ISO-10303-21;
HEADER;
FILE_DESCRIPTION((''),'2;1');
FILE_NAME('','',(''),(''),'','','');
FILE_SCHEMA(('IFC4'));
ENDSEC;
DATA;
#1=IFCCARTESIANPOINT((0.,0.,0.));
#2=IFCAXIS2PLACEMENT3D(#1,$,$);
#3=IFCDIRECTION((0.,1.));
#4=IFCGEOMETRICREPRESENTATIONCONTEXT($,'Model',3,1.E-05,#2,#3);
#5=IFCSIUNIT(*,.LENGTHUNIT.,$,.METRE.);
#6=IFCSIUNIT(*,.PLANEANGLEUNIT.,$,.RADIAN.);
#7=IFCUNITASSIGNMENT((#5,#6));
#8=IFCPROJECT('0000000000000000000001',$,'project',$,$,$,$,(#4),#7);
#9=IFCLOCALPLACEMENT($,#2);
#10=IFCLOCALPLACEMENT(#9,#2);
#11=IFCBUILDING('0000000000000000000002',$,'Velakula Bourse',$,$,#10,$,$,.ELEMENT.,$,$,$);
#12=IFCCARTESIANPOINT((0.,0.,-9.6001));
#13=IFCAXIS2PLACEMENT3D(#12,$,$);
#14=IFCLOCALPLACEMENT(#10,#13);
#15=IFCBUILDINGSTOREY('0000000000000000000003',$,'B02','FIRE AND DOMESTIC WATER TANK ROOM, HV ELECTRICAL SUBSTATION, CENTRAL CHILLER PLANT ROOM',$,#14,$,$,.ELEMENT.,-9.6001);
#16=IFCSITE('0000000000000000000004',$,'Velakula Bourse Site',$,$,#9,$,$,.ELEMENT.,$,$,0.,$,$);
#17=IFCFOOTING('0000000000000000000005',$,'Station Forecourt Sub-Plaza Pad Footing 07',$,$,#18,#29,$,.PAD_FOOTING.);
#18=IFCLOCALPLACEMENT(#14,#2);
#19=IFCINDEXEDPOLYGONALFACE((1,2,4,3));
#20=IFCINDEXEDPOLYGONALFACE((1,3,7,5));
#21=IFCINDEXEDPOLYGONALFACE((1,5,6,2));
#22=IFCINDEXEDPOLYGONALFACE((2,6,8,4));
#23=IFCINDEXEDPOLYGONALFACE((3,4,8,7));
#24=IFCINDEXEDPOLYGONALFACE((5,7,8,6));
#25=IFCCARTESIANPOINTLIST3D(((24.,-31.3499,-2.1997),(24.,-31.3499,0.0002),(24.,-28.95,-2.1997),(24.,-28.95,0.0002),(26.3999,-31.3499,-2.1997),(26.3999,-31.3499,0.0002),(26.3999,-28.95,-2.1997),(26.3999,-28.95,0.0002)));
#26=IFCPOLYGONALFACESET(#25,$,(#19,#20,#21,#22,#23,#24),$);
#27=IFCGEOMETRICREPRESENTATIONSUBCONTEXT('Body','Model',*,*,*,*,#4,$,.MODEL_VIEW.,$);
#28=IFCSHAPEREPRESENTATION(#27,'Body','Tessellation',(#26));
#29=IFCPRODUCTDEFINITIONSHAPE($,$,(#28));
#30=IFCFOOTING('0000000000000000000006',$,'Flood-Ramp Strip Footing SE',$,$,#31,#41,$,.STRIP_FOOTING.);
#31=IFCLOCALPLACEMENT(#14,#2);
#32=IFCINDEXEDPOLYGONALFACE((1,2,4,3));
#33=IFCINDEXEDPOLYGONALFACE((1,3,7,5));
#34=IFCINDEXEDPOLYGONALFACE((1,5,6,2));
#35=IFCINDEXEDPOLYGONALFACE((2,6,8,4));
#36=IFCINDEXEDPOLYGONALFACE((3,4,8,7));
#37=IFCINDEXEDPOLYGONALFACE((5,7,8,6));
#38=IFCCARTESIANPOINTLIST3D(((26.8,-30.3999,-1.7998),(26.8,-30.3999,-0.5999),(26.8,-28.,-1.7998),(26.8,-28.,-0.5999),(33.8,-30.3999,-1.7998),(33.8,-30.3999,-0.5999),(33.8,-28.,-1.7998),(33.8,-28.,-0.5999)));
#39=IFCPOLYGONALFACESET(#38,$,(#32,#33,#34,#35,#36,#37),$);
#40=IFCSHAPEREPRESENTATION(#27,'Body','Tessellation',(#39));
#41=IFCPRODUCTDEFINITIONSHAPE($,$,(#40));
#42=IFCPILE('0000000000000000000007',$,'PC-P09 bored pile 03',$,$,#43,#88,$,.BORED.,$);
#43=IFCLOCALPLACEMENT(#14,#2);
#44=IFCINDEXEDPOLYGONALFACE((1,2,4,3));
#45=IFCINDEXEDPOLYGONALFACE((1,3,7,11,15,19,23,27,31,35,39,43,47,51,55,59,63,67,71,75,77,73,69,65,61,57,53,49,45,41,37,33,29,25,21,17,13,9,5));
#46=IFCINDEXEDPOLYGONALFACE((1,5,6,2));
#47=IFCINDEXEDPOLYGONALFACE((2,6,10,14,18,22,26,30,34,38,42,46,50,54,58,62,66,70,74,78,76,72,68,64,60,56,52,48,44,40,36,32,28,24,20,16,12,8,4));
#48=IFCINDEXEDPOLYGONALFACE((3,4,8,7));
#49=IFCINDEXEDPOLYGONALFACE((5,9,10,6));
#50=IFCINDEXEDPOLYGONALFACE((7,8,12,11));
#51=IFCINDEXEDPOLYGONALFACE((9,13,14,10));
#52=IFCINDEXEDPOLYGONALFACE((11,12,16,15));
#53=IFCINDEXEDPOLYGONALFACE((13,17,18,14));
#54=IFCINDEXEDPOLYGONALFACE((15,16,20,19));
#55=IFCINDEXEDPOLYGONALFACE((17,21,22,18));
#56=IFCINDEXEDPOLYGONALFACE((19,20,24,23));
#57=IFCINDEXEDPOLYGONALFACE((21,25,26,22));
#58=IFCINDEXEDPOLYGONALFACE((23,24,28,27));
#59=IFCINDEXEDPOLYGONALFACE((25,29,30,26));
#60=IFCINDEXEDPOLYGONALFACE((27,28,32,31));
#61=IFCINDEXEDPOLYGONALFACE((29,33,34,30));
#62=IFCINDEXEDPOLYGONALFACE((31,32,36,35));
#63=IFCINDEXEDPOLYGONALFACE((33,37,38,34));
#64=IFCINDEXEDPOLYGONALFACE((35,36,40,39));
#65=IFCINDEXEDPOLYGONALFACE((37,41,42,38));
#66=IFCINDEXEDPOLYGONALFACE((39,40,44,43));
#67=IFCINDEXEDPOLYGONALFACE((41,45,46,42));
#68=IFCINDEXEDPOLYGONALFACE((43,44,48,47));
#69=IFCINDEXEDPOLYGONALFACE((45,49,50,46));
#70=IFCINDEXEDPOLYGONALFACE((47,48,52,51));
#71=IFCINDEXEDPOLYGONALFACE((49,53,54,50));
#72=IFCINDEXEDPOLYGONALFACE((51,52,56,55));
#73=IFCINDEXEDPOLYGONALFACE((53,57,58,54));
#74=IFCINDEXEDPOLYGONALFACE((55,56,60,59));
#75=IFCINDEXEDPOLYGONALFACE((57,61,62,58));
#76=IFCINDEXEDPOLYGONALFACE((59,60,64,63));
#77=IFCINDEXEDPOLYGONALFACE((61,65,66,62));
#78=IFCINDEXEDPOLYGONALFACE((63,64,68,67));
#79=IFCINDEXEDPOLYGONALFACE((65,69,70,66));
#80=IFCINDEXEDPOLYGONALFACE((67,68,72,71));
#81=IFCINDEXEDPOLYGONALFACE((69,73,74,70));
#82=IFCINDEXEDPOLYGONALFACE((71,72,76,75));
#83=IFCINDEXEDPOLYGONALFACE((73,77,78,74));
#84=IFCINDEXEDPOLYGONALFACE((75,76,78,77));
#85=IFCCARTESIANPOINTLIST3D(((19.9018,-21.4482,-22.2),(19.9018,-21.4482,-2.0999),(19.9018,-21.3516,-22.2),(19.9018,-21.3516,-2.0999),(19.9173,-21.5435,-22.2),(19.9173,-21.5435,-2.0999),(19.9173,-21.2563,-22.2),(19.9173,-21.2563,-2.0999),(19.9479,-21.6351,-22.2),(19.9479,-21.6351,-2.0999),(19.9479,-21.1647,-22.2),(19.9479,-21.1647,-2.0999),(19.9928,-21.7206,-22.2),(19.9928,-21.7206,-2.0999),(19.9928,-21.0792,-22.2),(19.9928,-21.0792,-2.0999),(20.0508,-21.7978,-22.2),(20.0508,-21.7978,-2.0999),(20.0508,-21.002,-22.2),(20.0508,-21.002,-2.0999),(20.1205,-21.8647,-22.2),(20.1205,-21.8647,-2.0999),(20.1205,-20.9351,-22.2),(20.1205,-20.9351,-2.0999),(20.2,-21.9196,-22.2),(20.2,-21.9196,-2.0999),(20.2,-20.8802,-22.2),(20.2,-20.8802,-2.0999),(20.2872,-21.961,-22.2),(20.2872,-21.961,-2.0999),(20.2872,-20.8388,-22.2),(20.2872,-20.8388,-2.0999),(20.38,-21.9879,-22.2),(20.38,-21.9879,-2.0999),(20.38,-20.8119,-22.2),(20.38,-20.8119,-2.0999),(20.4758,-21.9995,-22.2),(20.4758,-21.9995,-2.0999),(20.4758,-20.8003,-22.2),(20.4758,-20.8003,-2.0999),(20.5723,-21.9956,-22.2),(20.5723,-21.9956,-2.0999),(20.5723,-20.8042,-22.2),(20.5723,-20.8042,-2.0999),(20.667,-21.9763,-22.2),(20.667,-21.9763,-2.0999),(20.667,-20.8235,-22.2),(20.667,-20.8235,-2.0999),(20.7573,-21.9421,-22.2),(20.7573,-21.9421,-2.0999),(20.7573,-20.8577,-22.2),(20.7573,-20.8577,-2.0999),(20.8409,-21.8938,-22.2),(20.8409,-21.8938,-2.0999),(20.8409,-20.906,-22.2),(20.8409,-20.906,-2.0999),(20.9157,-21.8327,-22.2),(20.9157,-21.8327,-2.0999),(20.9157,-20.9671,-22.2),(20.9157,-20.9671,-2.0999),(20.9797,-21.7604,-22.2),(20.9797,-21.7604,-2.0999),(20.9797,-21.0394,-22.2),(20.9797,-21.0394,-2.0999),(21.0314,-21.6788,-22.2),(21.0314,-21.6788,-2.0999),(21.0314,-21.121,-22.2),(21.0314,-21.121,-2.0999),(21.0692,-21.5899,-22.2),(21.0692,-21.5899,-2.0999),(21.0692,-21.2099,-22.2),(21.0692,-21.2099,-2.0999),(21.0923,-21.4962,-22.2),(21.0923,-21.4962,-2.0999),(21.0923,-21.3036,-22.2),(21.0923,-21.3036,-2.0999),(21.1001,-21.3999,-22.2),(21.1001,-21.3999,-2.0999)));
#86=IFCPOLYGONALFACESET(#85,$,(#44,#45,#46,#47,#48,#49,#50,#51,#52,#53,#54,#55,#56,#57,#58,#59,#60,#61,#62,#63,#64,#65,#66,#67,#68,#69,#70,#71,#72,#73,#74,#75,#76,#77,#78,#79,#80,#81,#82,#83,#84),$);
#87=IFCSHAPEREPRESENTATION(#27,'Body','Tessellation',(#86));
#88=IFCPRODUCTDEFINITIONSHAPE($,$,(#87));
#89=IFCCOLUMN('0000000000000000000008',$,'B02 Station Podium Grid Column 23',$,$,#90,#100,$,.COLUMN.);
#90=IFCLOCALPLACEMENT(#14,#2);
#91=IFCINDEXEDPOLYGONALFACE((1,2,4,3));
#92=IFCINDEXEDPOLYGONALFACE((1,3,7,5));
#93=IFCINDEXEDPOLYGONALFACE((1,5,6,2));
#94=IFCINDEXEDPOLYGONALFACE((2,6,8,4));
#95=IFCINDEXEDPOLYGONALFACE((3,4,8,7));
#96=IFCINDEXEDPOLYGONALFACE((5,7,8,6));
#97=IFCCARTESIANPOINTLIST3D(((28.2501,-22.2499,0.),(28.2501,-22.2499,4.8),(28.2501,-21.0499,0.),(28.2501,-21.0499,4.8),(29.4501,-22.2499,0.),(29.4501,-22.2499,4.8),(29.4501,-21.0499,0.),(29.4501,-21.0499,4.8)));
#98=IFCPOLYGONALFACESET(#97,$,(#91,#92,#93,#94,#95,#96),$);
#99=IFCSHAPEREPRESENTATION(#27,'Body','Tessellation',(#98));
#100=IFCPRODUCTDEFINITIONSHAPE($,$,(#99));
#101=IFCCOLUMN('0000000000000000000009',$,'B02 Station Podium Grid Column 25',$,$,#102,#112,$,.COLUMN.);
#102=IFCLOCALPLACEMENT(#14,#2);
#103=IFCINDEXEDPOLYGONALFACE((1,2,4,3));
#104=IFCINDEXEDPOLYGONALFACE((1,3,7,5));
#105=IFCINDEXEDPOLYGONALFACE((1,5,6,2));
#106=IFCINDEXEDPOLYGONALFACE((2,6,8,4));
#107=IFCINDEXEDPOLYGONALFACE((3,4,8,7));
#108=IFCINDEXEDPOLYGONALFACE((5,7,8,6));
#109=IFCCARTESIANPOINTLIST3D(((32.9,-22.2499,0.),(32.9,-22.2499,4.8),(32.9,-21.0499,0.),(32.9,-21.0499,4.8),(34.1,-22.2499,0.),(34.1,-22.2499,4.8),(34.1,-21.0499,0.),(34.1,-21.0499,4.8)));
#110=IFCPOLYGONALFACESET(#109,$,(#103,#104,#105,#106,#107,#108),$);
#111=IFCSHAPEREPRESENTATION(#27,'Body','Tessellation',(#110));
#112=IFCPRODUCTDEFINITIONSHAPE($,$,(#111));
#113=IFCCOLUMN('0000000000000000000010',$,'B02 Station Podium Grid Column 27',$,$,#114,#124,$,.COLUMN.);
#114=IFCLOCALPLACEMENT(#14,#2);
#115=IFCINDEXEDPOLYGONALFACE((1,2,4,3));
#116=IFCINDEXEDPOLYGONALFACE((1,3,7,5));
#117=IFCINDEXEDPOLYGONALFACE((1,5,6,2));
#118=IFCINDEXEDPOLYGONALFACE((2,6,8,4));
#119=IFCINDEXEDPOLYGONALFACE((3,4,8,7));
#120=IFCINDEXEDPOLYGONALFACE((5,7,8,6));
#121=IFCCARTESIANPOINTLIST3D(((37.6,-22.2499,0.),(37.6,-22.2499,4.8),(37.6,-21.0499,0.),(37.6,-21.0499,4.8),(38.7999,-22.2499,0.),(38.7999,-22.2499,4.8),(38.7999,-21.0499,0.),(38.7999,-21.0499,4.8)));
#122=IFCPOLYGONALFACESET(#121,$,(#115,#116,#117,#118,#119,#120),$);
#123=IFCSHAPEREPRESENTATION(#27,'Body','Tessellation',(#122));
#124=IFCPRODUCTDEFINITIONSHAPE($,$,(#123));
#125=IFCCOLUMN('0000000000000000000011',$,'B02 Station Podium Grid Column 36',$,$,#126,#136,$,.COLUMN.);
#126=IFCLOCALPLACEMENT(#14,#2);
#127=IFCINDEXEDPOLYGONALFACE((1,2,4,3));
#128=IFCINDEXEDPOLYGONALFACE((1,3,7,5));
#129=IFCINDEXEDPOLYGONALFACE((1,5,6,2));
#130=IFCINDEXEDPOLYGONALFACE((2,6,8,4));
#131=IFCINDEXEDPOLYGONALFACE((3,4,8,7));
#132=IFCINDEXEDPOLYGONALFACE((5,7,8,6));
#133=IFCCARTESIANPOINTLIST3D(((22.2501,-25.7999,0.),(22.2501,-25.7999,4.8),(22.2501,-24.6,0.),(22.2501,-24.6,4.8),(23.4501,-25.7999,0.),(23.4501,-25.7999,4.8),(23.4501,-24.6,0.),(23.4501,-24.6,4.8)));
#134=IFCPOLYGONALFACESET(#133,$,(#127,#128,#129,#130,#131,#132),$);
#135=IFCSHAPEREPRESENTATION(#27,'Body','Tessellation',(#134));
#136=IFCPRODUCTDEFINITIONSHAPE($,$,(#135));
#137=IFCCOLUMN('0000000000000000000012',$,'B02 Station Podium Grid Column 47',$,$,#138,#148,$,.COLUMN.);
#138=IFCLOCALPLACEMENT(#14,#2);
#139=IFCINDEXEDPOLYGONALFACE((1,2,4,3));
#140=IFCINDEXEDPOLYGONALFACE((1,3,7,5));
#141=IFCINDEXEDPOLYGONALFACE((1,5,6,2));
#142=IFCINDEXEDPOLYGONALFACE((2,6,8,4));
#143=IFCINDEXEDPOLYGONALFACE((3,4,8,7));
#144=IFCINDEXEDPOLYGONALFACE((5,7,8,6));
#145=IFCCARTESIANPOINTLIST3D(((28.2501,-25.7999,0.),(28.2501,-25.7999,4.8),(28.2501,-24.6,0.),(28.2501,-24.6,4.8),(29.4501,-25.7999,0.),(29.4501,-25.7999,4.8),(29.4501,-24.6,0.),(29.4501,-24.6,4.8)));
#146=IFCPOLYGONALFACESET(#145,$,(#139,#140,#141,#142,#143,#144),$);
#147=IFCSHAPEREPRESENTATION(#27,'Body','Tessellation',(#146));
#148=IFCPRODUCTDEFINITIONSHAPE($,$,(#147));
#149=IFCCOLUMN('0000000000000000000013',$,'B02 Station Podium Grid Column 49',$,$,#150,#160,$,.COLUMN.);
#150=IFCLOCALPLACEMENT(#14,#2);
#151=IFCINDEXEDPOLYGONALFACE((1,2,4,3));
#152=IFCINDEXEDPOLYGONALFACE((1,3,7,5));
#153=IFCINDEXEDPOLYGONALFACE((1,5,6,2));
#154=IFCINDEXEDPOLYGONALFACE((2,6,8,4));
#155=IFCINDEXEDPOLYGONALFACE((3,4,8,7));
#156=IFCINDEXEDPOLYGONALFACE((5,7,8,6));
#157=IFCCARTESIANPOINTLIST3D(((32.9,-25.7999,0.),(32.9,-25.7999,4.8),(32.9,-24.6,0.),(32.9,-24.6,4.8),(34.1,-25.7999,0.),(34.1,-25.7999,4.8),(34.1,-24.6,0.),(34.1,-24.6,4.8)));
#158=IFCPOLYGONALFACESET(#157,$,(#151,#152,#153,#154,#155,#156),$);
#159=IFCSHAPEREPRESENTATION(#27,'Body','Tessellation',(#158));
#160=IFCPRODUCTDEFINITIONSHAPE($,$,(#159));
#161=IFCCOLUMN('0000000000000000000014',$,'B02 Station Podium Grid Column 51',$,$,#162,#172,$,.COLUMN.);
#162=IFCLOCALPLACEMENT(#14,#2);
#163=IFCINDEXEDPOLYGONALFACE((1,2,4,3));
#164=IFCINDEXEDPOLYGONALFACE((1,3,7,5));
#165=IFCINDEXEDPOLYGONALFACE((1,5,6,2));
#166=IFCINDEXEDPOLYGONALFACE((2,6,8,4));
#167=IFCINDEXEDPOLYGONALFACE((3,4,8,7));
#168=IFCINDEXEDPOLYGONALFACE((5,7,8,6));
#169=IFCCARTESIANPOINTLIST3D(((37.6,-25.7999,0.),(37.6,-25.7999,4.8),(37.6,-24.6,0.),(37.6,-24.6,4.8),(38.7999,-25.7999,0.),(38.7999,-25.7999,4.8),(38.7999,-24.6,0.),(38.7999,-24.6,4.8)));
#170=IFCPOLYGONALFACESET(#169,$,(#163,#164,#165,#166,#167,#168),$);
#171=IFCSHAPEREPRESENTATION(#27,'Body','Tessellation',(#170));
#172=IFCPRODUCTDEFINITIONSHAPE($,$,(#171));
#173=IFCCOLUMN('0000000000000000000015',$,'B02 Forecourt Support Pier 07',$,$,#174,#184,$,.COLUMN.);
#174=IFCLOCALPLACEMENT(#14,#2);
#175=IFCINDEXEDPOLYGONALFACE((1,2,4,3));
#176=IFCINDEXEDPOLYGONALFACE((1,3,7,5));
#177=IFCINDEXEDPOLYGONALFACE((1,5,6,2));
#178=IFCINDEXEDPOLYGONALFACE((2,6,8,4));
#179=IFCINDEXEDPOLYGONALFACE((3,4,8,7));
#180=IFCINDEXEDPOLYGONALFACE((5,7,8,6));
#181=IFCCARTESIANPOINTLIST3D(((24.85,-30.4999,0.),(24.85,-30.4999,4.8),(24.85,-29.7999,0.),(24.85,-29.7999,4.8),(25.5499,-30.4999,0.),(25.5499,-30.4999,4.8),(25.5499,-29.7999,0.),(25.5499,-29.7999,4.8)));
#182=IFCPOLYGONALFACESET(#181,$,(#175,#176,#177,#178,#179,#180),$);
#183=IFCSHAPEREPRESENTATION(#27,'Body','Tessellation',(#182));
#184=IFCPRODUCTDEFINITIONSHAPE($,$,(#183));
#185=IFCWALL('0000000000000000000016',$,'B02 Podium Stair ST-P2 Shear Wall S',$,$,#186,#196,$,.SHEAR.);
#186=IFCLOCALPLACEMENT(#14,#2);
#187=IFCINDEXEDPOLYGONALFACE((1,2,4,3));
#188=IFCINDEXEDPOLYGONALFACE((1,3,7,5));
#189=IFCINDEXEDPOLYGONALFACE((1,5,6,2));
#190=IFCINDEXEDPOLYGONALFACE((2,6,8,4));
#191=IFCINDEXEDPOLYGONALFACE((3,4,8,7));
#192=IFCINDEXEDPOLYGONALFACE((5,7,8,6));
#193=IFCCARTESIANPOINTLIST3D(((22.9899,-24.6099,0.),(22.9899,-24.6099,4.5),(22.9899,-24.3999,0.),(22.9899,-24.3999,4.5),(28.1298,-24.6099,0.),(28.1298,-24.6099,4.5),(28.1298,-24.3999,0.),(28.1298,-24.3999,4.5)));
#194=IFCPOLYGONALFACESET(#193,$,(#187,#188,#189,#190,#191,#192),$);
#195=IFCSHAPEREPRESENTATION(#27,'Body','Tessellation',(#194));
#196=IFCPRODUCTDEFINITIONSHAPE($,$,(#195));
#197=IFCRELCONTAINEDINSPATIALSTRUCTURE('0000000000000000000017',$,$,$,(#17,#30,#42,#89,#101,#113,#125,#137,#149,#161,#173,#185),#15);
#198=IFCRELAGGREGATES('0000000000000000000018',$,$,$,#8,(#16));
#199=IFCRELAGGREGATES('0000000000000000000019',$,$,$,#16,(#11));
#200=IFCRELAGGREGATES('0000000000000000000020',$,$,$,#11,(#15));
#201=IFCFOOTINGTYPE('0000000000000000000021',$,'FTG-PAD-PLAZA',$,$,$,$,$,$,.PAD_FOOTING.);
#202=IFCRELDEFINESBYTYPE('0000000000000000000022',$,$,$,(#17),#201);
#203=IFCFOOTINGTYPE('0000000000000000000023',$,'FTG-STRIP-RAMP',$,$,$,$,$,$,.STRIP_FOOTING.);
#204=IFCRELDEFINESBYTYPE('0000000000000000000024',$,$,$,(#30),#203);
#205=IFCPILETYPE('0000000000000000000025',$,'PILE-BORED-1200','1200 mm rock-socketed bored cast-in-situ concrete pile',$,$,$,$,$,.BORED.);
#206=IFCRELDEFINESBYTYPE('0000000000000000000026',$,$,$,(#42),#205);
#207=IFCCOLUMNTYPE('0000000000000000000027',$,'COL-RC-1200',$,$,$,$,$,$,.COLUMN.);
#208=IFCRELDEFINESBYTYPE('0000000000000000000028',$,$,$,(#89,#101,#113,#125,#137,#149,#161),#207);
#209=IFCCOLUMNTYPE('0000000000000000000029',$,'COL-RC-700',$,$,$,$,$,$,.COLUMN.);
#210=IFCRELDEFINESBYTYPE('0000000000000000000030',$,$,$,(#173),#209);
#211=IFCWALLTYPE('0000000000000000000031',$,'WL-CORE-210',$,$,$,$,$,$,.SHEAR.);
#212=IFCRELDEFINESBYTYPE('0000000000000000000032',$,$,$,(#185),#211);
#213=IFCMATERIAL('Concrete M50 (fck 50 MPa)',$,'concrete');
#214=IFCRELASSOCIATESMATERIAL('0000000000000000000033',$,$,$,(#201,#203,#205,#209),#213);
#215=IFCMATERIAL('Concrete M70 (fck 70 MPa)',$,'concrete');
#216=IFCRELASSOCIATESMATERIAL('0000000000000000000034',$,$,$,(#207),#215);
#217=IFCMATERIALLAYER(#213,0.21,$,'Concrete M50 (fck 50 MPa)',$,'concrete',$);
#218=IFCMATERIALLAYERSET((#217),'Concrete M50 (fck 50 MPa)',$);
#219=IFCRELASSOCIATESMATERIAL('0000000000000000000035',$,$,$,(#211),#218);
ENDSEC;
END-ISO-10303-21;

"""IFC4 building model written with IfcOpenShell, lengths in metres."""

from ifc_helpers import new_model, si_unit, direction, frame, frame_2d, origin, origin_2d, place, context, subcontext, project, spatial, rectangle, circle, extrude, material, layer, layer_set, material_profile, profile_set, type_object, element, save


model = new_model("IFC4")

# Units and contexts
model_context = context("Model", 3, precision=1e-05, world=origin(), true_north=direction((0.0, 1.0)))
body_context = subcontext(model_context, "Body", "Model", "MODEL_VIEW")
ifc_project = project(units=[si_unit("LENGTHUNIT", "METRE"), si_unit("PLANEANGLEUNIT", "RADIAN")], contexts=[model_context])

# Site, building, storey
site_placement = place(None, origin())
site = spatial("IfcSite", under=ifc_project, at=site_placement, Name="Velakula Bourse Site", CompositionType="ELEMENT", RefElevation=0.0)
building_placement = place(site_placement, origin())
building = spatial("IfcBuilding", under=site, at=building_placement, Name="Velakula Bourse", CompositionType="ELEMENT")
storey_placement = place(building_placement, frame((0.0, 0.0, -9.6001)))
storey = spatial("IfcBuildingStorey", under=building, at=storey_placement, Name="B02", Description="FIRE AND DOMESTIC WATER TANK ROOM, HV ELECTRICAL SUBSTATION, CENTRAL CHILLER PLANT ROOM", CompositionType="ELEMENT", Elevation=-9.6001)

# Footings
ifc_material_1 = material(Name="Concrete M50 (fck 50 MPa)", Category="concrete")
footing_type_1 = type_object("IfcFootingType", Name="FTG-PAD-PLAZA", PredefinedType="PAD_FOOTING", material=ifc_material_1)
footing_1_placement = place(storey_placement, frame((25.2, -30.1499, -2.1997), z_axis=(0.0, 0.0, 1.0), x_axis=(1.0, 0.0, 0.0)))
element("IfcFooting", 1, at=footing_1_placement, inside=storey, type_object=footing_type_1, Name="Station Forecourt Sub-Plaza Pad Footing 07", PredefinedType="PAD_FOOTING", context=body_context, shape_type="SweptSolid", body=[
    extrude(rectangle(XDim=2.3999, YDim=2.3999, at=origin_2d()), origin(), (0.0, 0.0, 1.0), 2.2),
])
footing_type_2 = type_object("IfcFootingType", Name="FTG-STRIP-RAMP", PredefinedType="STRIP_FOOTING", material=ifc_material_1)
footing_2_placement = place(storey_placement, frame((30.3, -29.2, -1.7998), z_axis=(0.0, 0.0, 1.0), x_axis=(1.0, 0.0, 0.0)))
element("IfcFooting", 2, at=footing_2_placement, inside=storey, type_object=footing_type_2, Name="Flood-Ramp Strip Footing SE", PredefinedType="STRIP_FOOTING", context=body_context, shape_type="SweptSolid", body=[
    extrude(rectangle(XDim=7.0, YDim=2.3999, at=origin_2d()), origin(), (0.0, 0.0, 1.0), 1.2),
])

# Pile
ifc_material_profile_1 = material_profile(ifc_material_1, circle(Radius=0.6001, at=origin_2d()), Name="Concrete M50 (fck 50 MPa)")
ifc_profile_set_1 = profile_set([ifc_material_profile_1], Name="Concrete M50 (fck 50 MPa)")
pile_type = type_object("IfcPileType", Name="PILE-BORED-1200", Description="1200 mm rock-socketed bored cast-in-situ concrete pile", PredefinedType="BORED", material=ifc_profile_set_1)
pile_placement = place(storey_placement, frame((20.5, -21.3999, -2.0999), z_axis=(0.0, 0.0, -1.0), x_axis=(1.0, 0.0, 0.0)))
element("IfcPile", 3, at=pile_placement, inside=storey, type_object=pile_type, Name="PC-P09 bored pile 03", PredefinedType="BORED", context=body_context, shape_type="SweptSolid", body=[
    extrude(circle(Radius=0.6001, at=origin_2d()), origin(), (0.0, 0.0, 1.0), 20.1001),
])

# Columns
ifc_material_2 = material(Name="Concrete M70 (fck 70 MPa)", Category="concrete")
ifc_material_profile_2 = material_profile(ifc_material_2, rectangle(XDim=1.2, YDim=1.2, at=origin_2d()), Name="Concrete M70 (fck 70 MPa)")
ifc_profile_set_2 = profile_set([ifc_material_profile_2], Name="Concrete M70 (fck 70 MPa)")
column_type_1 = type_object("IfcColumnType", Name="COL-RC-1200", PredefinedType="COLUMN", material=ifc_profile_set_2)
for number, where, z_axis, x_axis, name in (
    (4, (28.8501, -21.6499, 0.0), (0.0, 0.0, 1.0), (1.0, 0.0, 0.0), "B02 Station Podium Grid Column 23"),
    (5, (33.5, -21.6499, 0.0), (0.0, 0.0, 1.0), (1.0, 0.0, 0.0), "B02 Station Podium Grid Column 25"),
    (6, (38.2, -21.6499, 0.0), (0.0, 0.0, 1.0), (1.0, 0.0, 0.0), "B02 Station Podium Grid Column 27"),
    (7, (22.8501, -25.2, 0.0), (0.0, 0.0, 1.0), (1.0, 0.0, 0.0), "B02 Station Podium Grid Column 36"),
    (8, (28.8501, -25.2, 0.0), (0.0, 0.0, 1.0), (1.0, 0.0, 0.0), "B02 Station Podium Grid Column 47"),
    (9, (33.5, -25.2, 0.0), (0.0, 0.0, 1.0), (1.0, 0.0, 0.0), "B02 Station Podium Grid Column 49"),
    (10, (38.2, -25.2, 0.0), (0.0, 0.0, 1.0), (1.0, 0.0, 0.0), "B02 Station Podium Grid Column 51"),
):
    element("IfcColumn", number, at=place(storey_placement, frame(where, z_axis=z_axis, x_axis=x_axis)), inside=storey, type_object=column_type_1, Name=name, PredefinedType="COLUMN", context=body_context, shape_type="SweptSolid", body=[
        extrude(rectangle(XDim=1.2, YDim=1.2, at=origin_2d()), origin(), (0.0, 0.0, 1.0), 4.8),
    ])
ifc_material_profile_3 = material_profile(ifc_material_1, rectangle(XDim=0.7, YDim=0.7, at=origin_2d()), Name="Concrete M50 (fck 50 MPa)")
ifc_profile_set_3 = profile_set([ifc_material_profile_3], Name="Concrete M50 (fck 50 MPa)")
column_type_2 = type_object("IfcColumnType", Name="COL-RC-700", PredefinedType="COLUMN", material=ifc_profile_set_3)
column_placement = place(storey_placement, frame((25.2, -30.1499, 0.0), z_axis=(0.0, 0.0, 1.0), x_axis=(1.0, 0.0, 0.0)))
element("IfcColumn", 11, at=column_placement, inside=storey, type_object=column_type_2, Name="B02 Forecourt Support Pier 07", PredefinedType="COLUMN", context=body_context, shape_type="SweptSolid", body=[
    extrude(rectangle(XDim=0.7, YDim=0.7, at=origin_2d()), origin(), (0.0, 0.0, 1.0), 4.8),
])

# Wall
ifc_layer_1 = layer(ifc_material_1, 0.21, Name="Concrete M50 (fck 50 MPa)", Category="concrete")
ifc_layer_set_1 = layer_set([ifc_layer_1], Name="Concrete M50 (fck 50 MPa)")
wall_type_1 = type_object("IfcWallType", Name="WL-CORE-210", PredefinedType="SHEAR", material=ifc_layer_set_1)
wall_1_placement = place(storey_placement, frame((22.99, -24.5049, 0.0), z_axis=(0.0, 0.0, 1.0), x_axis=(1.0, 0.0, 0.0)))
element("IfcWall", 12, at=wall_1_placement, inside=storey, type_object=wall_type_1, Name="B02 Podium Stair ST-P2 Shear Wall S", PredefinedType="SHEAR", context=body_context, shape_type="SweptSolid", body=[
    extrude(rectangle(XDim=5.1399, YDim=0.21, at=frame_2d((2.5698, 0.0))), origin(), (0.0, 0.0, 1.0), 4.5),
])

save(model, "model.ifc")
